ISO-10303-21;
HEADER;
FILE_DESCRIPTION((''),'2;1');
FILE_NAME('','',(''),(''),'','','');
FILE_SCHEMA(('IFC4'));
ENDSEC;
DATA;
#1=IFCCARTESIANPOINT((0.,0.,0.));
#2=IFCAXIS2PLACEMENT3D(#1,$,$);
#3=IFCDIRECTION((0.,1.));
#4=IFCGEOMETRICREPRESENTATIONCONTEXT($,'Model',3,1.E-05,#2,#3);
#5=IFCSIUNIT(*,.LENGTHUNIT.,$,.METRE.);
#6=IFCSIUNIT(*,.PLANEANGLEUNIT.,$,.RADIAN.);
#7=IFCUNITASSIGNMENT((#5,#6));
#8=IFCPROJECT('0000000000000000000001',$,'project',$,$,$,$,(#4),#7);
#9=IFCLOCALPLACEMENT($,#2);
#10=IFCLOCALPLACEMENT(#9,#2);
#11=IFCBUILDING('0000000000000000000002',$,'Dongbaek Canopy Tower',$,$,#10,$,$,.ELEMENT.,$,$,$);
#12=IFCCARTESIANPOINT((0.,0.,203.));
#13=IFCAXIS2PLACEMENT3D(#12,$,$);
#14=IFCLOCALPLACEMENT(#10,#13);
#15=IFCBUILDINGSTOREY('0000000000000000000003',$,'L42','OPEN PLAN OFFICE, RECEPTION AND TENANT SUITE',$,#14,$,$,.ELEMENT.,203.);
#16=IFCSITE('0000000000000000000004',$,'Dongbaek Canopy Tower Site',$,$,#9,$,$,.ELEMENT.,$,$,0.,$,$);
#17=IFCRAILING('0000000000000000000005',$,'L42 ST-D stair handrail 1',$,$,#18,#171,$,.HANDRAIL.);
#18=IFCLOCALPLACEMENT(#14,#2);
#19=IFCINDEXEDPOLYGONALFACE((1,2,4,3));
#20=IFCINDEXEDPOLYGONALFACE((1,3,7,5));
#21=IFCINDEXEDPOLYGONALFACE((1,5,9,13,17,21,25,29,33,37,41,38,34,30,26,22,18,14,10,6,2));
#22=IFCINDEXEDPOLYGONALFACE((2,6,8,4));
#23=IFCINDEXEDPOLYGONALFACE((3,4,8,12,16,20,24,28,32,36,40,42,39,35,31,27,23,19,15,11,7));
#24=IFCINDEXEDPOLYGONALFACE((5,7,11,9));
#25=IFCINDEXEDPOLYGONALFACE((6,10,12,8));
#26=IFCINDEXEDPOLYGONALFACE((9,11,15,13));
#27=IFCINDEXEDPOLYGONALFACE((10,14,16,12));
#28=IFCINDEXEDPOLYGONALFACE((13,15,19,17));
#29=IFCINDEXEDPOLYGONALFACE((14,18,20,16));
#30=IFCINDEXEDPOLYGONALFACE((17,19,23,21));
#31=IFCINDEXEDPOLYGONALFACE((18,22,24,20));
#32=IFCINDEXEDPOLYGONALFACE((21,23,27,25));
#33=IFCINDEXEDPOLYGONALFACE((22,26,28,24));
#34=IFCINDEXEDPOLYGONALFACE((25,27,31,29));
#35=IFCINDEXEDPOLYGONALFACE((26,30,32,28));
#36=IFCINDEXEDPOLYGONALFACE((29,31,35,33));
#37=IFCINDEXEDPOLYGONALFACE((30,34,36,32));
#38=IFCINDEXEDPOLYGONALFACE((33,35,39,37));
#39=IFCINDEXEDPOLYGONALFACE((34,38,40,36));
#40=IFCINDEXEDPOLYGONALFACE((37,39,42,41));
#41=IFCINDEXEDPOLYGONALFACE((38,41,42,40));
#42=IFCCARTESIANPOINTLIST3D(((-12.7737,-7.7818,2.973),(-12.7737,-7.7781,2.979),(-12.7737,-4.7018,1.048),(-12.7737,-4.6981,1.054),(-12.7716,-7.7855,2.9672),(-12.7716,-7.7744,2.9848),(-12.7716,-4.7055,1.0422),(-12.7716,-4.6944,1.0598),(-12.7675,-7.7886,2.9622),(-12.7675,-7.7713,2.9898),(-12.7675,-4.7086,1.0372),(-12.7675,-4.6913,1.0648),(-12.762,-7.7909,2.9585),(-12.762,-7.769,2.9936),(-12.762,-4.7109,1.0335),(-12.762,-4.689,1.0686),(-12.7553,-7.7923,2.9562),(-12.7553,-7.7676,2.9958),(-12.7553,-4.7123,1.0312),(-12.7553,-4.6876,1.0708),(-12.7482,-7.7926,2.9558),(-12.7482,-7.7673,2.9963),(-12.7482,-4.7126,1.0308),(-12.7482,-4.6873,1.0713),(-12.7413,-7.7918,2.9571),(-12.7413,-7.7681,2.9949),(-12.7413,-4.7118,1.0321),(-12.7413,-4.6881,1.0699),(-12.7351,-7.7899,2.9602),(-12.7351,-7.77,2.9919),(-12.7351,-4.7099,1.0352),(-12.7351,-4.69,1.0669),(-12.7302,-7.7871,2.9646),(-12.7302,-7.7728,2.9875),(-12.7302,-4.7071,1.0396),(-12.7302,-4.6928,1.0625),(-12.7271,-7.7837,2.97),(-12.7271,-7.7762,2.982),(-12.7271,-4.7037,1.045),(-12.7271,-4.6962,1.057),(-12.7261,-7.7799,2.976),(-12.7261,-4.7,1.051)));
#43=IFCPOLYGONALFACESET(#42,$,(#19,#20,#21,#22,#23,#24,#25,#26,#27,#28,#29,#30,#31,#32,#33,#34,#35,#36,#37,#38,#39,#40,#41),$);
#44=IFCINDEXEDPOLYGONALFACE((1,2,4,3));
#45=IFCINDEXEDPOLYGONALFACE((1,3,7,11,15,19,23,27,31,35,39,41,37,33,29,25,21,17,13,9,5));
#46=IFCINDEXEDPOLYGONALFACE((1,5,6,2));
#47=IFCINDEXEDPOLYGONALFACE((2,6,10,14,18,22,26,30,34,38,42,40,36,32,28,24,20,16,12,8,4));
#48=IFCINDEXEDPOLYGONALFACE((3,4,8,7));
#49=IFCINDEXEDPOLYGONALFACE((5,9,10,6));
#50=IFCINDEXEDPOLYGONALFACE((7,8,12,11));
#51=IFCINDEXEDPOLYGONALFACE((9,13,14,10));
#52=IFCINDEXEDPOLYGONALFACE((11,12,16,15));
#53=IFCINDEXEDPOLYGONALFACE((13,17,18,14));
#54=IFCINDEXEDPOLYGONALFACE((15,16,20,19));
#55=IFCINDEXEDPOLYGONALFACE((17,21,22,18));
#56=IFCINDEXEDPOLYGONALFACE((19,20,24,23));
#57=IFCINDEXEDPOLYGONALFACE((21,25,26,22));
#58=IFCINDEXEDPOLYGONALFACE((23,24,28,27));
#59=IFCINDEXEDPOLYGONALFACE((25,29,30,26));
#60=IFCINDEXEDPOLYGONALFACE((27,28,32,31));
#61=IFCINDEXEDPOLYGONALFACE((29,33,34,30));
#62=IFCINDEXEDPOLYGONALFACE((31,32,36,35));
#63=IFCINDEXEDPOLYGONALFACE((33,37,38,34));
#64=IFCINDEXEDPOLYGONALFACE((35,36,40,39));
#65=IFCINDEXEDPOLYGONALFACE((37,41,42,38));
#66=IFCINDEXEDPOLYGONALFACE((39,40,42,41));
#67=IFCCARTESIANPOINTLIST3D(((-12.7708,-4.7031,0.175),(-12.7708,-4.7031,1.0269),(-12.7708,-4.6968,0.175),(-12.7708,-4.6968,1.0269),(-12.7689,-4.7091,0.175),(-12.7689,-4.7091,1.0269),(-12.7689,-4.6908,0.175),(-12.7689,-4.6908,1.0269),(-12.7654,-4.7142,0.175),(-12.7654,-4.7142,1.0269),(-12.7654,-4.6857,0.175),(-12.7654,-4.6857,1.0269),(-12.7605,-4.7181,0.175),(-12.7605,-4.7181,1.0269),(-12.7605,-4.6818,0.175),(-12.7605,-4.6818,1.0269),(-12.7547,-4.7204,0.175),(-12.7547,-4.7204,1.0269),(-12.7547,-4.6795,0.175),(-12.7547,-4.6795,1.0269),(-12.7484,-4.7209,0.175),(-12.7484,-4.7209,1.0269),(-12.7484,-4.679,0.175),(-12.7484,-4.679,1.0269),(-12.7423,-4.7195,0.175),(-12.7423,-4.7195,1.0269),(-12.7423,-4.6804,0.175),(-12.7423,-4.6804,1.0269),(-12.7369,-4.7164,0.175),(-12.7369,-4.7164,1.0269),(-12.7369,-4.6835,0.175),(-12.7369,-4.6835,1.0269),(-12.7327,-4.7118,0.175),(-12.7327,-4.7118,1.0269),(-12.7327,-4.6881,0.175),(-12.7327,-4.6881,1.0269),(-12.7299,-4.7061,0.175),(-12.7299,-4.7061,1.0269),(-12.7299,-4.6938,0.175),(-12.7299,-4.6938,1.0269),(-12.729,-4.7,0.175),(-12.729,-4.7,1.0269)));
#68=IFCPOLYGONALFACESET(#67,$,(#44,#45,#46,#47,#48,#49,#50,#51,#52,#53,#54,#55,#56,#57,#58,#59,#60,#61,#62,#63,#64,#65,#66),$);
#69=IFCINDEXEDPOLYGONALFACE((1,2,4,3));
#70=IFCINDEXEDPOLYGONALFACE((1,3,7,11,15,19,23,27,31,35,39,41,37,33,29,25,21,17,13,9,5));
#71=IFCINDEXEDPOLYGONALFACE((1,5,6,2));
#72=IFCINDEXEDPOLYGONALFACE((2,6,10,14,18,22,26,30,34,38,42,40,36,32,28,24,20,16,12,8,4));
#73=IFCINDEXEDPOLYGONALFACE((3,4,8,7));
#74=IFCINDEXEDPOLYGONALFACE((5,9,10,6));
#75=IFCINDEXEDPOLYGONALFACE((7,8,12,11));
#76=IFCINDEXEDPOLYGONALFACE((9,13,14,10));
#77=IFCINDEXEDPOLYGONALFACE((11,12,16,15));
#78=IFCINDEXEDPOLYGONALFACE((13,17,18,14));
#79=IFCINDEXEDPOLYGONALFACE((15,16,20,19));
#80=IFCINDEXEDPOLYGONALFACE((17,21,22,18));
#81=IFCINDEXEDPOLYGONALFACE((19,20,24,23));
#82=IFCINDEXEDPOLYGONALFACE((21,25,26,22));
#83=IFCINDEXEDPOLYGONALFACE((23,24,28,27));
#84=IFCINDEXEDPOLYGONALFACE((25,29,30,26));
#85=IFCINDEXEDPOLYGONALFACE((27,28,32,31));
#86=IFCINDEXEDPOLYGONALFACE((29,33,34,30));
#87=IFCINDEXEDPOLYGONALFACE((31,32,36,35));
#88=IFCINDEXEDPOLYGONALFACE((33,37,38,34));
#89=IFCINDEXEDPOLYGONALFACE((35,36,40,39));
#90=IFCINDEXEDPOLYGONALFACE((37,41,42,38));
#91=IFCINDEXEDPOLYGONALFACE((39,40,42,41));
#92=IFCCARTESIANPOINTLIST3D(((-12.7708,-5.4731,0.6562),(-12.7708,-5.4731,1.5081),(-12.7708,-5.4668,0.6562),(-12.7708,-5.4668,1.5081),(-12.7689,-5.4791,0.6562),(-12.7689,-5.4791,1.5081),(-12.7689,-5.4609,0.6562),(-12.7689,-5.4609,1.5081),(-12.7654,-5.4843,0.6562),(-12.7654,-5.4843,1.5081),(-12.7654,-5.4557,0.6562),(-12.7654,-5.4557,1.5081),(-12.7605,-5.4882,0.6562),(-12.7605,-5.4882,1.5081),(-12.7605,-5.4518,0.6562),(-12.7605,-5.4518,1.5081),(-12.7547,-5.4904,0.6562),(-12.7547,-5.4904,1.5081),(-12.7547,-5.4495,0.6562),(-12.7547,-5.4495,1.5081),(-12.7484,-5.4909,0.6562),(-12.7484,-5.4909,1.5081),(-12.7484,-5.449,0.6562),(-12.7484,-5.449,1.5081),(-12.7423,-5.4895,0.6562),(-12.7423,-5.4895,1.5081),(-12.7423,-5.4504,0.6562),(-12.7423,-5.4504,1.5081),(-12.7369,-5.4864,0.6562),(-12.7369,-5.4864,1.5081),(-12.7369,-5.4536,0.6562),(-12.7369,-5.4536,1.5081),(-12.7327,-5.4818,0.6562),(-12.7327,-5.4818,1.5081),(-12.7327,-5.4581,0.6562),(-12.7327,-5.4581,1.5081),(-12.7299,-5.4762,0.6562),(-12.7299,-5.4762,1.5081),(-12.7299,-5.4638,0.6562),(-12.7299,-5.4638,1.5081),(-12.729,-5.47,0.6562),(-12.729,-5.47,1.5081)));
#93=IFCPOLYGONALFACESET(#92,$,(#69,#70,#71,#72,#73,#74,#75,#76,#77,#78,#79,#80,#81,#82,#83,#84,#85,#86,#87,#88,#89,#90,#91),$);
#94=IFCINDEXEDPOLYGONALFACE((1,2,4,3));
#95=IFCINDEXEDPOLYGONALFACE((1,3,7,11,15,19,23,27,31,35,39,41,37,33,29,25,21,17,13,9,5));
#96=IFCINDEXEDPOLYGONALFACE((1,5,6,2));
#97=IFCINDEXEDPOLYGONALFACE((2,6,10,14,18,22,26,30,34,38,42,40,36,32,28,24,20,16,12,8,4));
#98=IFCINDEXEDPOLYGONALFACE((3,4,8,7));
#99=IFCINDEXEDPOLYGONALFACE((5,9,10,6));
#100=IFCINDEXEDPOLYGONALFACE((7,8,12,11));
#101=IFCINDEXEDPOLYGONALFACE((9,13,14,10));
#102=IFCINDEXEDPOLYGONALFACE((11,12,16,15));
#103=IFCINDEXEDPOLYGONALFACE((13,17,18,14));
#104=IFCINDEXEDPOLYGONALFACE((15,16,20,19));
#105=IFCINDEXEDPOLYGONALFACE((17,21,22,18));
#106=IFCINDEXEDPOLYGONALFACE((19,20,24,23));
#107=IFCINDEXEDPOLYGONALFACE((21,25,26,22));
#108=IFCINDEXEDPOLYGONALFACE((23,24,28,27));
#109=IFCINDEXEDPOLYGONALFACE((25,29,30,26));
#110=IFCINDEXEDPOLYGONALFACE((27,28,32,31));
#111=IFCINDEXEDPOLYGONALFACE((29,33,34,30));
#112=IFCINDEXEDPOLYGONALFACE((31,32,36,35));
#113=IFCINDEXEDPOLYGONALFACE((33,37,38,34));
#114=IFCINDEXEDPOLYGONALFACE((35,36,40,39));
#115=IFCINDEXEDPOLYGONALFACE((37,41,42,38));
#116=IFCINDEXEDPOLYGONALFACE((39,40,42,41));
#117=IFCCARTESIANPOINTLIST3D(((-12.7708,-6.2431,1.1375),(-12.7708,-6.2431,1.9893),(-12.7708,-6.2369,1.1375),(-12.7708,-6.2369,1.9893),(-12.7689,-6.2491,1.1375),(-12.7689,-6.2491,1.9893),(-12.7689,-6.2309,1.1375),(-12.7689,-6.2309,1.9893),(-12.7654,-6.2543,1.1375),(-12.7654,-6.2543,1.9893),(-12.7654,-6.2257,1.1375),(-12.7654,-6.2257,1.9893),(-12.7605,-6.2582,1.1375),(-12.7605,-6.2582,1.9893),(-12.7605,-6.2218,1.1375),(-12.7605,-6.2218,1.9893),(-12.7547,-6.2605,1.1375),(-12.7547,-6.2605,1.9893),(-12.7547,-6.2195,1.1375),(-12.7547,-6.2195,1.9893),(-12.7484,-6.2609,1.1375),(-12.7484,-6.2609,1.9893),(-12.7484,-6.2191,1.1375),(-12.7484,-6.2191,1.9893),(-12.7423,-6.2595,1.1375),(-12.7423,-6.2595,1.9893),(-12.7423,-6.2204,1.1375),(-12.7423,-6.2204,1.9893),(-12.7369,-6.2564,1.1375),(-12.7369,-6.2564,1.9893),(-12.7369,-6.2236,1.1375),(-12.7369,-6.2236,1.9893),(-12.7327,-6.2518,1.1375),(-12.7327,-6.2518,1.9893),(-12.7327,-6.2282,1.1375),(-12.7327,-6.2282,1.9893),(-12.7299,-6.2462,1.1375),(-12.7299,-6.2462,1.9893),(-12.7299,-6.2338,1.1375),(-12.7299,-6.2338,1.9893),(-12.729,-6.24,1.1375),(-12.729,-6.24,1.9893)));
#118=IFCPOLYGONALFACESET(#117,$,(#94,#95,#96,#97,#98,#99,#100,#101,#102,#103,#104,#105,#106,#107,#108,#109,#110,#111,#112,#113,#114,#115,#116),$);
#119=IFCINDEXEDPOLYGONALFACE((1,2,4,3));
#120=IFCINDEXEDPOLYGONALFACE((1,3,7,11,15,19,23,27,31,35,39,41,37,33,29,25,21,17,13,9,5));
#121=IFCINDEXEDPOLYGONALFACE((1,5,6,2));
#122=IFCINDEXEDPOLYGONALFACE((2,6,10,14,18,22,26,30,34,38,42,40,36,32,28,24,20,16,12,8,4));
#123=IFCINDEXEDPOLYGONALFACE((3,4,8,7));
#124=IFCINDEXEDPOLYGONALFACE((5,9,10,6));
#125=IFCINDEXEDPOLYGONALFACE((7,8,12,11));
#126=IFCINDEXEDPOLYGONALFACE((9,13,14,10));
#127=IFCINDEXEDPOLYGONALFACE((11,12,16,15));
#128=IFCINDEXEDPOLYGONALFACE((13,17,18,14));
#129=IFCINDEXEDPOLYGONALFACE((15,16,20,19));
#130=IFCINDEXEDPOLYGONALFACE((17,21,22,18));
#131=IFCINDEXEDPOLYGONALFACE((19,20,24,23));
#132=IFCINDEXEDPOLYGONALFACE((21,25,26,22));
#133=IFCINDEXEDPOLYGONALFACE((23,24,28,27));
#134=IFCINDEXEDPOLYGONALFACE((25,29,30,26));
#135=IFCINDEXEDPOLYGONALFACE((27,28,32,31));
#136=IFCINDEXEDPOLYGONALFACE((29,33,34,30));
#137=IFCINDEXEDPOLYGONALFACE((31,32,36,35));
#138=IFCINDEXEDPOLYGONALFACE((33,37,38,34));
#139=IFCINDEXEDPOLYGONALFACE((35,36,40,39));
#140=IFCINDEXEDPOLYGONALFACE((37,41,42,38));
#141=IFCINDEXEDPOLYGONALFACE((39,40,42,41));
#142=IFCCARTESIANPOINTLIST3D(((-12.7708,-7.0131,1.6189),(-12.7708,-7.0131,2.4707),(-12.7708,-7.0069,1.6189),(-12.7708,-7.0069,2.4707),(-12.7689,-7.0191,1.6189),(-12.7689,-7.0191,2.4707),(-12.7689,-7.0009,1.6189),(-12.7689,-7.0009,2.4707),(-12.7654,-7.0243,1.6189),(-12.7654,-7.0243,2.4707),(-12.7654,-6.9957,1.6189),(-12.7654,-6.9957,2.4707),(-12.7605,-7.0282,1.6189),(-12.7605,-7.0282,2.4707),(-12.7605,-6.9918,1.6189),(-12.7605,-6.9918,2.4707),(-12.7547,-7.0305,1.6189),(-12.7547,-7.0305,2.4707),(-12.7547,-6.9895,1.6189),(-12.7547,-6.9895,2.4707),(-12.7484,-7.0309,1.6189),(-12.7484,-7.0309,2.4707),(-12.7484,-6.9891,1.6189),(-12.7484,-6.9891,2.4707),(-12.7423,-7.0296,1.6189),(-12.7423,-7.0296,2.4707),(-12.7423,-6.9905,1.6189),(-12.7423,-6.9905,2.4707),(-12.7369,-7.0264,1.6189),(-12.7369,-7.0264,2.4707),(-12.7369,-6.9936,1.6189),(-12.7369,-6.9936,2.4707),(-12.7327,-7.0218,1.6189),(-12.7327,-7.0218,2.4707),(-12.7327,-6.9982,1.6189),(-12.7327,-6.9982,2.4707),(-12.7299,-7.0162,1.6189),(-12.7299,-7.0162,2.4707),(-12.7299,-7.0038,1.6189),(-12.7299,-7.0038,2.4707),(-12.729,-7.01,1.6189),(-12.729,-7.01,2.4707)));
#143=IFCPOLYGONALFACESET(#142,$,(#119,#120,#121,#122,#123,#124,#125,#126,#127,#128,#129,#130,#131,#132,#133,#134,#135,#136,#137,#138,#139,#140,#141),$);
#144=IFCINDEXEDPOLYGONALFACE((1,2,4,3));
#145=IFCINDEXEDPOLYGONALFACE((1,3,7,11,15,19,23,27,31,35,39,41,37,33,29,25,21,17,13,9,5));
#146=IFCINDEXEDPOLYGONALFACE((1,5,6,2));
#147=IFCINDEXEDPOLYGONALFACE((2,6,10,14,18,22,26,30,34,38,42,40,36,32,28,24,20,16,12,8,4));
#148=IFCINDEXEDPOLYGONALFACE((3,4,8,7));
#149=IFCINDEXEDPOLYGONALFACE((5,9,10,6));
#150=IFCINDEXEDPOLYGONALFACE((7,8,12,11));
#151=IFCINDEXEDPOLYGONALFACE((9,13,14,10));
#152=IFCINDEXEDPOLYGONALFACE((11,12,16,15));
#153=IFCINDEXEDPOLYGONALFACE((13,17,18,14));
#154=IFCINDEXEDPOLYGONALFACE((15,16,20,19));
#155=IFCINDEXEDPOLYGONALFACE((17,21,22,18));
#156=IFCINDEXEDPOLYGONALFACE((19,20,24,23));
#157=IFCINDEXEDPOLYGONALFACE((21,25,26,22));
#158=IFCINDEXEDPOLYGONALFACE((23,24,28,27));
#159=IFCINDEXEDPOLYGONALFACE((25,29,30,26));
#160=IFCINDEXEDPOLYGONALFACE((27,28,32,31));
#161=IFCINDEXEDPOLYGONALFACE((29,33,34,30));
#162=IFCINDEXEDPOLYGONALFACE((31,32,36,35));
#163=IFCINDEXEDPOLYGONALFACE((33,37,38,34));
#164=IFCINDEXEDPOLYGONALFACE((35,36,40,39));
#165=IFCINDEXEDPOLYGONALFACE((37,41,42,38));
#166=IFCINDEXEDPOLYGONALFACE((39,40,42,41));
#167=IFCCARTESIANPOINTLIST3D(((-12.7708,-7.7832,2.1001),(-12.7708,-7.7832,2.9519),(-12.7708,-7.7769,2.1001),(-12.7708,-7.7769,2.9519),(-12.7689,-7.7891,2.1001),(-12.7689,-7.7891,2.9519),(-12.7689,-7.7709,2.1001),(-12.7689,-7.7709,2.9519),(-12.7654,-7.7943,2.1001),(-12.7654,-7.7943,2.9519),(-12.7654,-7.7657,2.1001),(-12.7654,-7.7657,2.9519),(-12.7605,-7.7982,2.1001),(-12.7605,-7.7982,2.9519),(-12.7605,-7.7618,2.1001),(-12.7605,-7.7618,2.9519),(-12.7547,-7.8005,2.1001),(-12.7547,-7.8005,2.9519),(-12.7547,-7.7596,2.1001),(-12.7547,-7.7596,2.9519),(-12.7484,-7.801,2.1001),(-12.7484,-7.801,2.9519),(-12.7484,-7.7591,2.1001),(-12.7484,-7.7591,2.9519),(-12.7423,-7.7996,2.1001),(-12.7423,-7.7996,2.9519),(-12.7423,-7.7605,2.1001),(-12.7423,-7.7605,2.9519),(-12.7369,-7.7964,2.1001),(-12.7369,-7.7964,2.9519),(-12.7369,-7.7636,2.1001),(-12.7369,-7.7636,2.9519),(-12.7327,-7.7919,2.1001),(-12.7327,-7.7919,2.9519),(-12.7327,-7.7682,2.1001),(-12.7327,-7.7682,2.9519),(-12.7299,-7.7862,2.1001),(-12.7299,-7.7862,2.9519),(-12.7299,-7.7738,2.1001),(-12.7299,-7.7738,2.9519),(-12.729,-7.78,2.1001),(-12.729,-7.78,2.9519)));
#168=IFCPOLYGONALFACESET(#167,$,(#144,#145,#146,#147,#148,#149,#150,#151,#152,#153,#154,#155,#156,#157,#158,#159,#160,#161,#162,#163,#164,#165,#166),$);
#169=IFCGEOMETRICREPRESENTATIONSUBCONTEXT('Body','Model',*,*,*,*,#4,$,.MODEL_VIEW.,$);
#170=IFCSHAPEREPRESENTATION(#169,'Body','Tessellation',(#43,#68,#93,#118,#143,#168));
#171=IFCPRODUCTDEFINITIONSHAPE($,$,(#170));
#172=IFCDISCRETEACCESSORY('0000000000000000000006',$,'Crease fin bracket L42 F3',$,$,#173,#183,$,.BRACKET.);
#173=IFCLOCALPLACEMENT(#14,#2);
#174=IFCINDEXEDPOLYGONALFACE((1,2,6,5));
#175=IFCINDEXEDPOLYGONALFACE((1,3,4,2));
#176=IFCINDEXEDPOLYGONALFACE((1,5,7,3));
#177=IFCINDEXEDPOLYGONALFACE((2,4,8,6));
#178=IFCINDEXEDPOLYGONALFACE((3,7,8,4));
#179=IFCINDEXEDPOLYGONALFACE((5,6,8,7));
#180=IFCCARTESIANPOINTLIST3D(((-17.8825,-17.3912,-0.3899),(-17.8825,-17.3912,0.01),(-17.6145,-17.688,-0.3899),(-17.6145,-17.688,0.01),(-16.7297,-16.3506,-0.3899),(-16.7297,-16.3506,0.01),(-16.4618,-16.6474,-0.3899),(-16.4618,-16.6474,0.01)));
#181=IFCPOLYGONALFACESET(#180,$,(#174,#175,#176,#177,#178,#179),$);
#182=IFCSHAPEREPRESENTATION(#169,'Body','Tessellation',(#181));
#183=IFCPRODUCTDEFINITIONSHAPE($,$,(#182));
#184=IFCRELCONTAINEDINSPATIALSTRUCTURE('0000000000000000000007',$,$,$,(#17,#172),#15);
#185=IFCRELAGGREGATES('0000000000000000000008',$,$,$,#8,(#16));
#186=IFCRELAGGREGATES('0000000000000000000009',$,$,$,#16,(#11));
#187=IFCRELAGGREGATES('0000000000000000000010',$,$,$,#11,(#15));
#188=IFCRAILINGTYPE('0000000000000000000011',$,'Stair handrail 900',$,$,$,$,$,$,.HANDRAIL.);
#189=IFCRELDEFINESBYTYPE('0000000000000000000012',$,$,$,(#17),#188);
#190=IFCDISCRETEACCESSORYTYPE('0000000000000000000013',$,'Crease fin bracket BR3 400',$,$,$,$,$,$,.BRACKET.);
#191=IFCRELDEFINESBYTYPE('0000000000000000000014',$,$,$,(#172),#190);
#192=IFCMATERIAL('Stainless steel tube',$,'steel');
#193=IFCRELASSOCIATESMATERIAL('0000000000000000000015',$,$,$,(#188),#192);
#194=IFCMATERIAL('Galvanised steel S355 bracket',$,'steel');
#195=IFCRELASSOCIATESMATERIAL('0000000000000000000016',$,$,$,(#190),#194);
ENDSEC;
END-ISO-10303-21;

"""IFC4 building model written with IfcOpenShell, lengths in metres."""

from ifc_helpers import new_model, si_unit, direction, frame, origin, origin_2d, place, context, subcontext, project, spatial, rectangle, circle, extrude, material, type_object, element, save


model = new_model("IFC4")

# Units and contexts
model_context = context("Model", 3, precision=1e-05, world=origin(), true_north=direction((0.0, 1.0)))
body_context = subcontext(model_context, "Body", "Model", "MODEL_VIEW")
ifc_project = project(units=[si_unit("LENGTHUNIT", "METRE"), si_unit("PLANEANGLEUNIT", "RADIAN")], contexts=[model_context])

# Site, building, storey
site_placement = place(None, origin())
site = spatial("IfcSite", under=ifc_project, at=site_placement, Name="Dongbaek Canopy Tower Site", CompositionType="ELEMENT", RefElevation=0.0)
building_placement = place(site_placement, origin())
building = spatial("IfcBuilding", under=site, at=building_placement, Name="Dongbaek Canopy Tower", CompositionType="ELEMENT")
storey_placement = place(building_placement, frame((0.0, 0.0, 203.0)))
storey = spatial("IfcBuildingStorey", under=building, at=storey_placement, Name="L42", Description="OPEN PLAN OFFICE, RECEPTION AND TENANT SUITE", CompositionType="ELEMENT", Elevation=203.0)

# Railing
ifc_material_1 = material(Name="Stainless steel tube", Category="steel")
railing_type = type_object("IfcRailingType", Name="Stair handrail 900", PredefinedType="HANDRAIL", material=ifc_material_1)
railing_placement = place(storey_placement, frame((-12.75, -4.7, 0.175)))
element("IfcRailing", 1, at=railing_placement, inside=storey, type_object=railing_type, Name="L42 ST-D stair handrail 1", PredefinedType="HANDRAIL", context=body_context, shape_type="SweptSolid", body=[
    extrude(circle(Radius=0.0239, at=origin_2d()), frame((0.0, 0.0, 0.876), z_axis=(0.0, -0.847998, 0.529999), x_axis=(1.0, 0.0, 0.0)), (0.0, 0.0, 1.0), 3.6321),
    extrude(circle(Radius=0.021, at=origin_2d()), origin(), (0.0, 0.0, 1.0), 0.8518),
    extrude(circle(Radius=0.021, at=origin_2d()), frame((0.0, -0.77, 0.4812)), (0.0, 0.0, 1.0), 0.8518),
    extrude(circle(Radius=0.021, at=origin_2d()), frame((0.0, -1.54, 0.9624)), (0.0, 0.0, 1.0), 0.8518),
    extrude(circle(Radius=0.021, at=origin_2d()), frame((0.0, -2.3101, 1.4438)), (0.0, 0.0, 1.0), 0.8518),
    extrude(circle(Radius=0.021, at=origin_2d()), frame((0.0, -3.0801, 1.925)), (0.0, 0.0, 1.0), 0.8518),
])

# Discrete accessory
ifc_material_2 = material(Name="Galvanised steel S355 bracket", Category="steel")
discrete_accessory_type = type_object("IfcDiscreteAccessoryType", Name="Crease fin bracket BR3 400", PredefinedType="BRACKET", material=ifc_material_2)
discrete_accessory_placement = place(storey_placement, frame((-17.1721, -17.0193, -0.3899), z_axis=(0.0, 0.0, 1.0), x_axis=(-0.7423, -0.670068, 0.0)))
element("IfcDiscreteAccessory", 2, at=discrete_accessory_placement, inside=storey, type_object=discrete_accessory_type, Name="Crease fin bracket L42 F3", PredefinedType="BRACKET", context=body_context, shape_type="SweptSolid", body=[
    extrude(rectangle(XDim=1.553, YDim=0.3999, at=origin_2d()), origin(), (0.0, 0.0, 1.0), 0.3999),
])

save(model, "model.ifc")
